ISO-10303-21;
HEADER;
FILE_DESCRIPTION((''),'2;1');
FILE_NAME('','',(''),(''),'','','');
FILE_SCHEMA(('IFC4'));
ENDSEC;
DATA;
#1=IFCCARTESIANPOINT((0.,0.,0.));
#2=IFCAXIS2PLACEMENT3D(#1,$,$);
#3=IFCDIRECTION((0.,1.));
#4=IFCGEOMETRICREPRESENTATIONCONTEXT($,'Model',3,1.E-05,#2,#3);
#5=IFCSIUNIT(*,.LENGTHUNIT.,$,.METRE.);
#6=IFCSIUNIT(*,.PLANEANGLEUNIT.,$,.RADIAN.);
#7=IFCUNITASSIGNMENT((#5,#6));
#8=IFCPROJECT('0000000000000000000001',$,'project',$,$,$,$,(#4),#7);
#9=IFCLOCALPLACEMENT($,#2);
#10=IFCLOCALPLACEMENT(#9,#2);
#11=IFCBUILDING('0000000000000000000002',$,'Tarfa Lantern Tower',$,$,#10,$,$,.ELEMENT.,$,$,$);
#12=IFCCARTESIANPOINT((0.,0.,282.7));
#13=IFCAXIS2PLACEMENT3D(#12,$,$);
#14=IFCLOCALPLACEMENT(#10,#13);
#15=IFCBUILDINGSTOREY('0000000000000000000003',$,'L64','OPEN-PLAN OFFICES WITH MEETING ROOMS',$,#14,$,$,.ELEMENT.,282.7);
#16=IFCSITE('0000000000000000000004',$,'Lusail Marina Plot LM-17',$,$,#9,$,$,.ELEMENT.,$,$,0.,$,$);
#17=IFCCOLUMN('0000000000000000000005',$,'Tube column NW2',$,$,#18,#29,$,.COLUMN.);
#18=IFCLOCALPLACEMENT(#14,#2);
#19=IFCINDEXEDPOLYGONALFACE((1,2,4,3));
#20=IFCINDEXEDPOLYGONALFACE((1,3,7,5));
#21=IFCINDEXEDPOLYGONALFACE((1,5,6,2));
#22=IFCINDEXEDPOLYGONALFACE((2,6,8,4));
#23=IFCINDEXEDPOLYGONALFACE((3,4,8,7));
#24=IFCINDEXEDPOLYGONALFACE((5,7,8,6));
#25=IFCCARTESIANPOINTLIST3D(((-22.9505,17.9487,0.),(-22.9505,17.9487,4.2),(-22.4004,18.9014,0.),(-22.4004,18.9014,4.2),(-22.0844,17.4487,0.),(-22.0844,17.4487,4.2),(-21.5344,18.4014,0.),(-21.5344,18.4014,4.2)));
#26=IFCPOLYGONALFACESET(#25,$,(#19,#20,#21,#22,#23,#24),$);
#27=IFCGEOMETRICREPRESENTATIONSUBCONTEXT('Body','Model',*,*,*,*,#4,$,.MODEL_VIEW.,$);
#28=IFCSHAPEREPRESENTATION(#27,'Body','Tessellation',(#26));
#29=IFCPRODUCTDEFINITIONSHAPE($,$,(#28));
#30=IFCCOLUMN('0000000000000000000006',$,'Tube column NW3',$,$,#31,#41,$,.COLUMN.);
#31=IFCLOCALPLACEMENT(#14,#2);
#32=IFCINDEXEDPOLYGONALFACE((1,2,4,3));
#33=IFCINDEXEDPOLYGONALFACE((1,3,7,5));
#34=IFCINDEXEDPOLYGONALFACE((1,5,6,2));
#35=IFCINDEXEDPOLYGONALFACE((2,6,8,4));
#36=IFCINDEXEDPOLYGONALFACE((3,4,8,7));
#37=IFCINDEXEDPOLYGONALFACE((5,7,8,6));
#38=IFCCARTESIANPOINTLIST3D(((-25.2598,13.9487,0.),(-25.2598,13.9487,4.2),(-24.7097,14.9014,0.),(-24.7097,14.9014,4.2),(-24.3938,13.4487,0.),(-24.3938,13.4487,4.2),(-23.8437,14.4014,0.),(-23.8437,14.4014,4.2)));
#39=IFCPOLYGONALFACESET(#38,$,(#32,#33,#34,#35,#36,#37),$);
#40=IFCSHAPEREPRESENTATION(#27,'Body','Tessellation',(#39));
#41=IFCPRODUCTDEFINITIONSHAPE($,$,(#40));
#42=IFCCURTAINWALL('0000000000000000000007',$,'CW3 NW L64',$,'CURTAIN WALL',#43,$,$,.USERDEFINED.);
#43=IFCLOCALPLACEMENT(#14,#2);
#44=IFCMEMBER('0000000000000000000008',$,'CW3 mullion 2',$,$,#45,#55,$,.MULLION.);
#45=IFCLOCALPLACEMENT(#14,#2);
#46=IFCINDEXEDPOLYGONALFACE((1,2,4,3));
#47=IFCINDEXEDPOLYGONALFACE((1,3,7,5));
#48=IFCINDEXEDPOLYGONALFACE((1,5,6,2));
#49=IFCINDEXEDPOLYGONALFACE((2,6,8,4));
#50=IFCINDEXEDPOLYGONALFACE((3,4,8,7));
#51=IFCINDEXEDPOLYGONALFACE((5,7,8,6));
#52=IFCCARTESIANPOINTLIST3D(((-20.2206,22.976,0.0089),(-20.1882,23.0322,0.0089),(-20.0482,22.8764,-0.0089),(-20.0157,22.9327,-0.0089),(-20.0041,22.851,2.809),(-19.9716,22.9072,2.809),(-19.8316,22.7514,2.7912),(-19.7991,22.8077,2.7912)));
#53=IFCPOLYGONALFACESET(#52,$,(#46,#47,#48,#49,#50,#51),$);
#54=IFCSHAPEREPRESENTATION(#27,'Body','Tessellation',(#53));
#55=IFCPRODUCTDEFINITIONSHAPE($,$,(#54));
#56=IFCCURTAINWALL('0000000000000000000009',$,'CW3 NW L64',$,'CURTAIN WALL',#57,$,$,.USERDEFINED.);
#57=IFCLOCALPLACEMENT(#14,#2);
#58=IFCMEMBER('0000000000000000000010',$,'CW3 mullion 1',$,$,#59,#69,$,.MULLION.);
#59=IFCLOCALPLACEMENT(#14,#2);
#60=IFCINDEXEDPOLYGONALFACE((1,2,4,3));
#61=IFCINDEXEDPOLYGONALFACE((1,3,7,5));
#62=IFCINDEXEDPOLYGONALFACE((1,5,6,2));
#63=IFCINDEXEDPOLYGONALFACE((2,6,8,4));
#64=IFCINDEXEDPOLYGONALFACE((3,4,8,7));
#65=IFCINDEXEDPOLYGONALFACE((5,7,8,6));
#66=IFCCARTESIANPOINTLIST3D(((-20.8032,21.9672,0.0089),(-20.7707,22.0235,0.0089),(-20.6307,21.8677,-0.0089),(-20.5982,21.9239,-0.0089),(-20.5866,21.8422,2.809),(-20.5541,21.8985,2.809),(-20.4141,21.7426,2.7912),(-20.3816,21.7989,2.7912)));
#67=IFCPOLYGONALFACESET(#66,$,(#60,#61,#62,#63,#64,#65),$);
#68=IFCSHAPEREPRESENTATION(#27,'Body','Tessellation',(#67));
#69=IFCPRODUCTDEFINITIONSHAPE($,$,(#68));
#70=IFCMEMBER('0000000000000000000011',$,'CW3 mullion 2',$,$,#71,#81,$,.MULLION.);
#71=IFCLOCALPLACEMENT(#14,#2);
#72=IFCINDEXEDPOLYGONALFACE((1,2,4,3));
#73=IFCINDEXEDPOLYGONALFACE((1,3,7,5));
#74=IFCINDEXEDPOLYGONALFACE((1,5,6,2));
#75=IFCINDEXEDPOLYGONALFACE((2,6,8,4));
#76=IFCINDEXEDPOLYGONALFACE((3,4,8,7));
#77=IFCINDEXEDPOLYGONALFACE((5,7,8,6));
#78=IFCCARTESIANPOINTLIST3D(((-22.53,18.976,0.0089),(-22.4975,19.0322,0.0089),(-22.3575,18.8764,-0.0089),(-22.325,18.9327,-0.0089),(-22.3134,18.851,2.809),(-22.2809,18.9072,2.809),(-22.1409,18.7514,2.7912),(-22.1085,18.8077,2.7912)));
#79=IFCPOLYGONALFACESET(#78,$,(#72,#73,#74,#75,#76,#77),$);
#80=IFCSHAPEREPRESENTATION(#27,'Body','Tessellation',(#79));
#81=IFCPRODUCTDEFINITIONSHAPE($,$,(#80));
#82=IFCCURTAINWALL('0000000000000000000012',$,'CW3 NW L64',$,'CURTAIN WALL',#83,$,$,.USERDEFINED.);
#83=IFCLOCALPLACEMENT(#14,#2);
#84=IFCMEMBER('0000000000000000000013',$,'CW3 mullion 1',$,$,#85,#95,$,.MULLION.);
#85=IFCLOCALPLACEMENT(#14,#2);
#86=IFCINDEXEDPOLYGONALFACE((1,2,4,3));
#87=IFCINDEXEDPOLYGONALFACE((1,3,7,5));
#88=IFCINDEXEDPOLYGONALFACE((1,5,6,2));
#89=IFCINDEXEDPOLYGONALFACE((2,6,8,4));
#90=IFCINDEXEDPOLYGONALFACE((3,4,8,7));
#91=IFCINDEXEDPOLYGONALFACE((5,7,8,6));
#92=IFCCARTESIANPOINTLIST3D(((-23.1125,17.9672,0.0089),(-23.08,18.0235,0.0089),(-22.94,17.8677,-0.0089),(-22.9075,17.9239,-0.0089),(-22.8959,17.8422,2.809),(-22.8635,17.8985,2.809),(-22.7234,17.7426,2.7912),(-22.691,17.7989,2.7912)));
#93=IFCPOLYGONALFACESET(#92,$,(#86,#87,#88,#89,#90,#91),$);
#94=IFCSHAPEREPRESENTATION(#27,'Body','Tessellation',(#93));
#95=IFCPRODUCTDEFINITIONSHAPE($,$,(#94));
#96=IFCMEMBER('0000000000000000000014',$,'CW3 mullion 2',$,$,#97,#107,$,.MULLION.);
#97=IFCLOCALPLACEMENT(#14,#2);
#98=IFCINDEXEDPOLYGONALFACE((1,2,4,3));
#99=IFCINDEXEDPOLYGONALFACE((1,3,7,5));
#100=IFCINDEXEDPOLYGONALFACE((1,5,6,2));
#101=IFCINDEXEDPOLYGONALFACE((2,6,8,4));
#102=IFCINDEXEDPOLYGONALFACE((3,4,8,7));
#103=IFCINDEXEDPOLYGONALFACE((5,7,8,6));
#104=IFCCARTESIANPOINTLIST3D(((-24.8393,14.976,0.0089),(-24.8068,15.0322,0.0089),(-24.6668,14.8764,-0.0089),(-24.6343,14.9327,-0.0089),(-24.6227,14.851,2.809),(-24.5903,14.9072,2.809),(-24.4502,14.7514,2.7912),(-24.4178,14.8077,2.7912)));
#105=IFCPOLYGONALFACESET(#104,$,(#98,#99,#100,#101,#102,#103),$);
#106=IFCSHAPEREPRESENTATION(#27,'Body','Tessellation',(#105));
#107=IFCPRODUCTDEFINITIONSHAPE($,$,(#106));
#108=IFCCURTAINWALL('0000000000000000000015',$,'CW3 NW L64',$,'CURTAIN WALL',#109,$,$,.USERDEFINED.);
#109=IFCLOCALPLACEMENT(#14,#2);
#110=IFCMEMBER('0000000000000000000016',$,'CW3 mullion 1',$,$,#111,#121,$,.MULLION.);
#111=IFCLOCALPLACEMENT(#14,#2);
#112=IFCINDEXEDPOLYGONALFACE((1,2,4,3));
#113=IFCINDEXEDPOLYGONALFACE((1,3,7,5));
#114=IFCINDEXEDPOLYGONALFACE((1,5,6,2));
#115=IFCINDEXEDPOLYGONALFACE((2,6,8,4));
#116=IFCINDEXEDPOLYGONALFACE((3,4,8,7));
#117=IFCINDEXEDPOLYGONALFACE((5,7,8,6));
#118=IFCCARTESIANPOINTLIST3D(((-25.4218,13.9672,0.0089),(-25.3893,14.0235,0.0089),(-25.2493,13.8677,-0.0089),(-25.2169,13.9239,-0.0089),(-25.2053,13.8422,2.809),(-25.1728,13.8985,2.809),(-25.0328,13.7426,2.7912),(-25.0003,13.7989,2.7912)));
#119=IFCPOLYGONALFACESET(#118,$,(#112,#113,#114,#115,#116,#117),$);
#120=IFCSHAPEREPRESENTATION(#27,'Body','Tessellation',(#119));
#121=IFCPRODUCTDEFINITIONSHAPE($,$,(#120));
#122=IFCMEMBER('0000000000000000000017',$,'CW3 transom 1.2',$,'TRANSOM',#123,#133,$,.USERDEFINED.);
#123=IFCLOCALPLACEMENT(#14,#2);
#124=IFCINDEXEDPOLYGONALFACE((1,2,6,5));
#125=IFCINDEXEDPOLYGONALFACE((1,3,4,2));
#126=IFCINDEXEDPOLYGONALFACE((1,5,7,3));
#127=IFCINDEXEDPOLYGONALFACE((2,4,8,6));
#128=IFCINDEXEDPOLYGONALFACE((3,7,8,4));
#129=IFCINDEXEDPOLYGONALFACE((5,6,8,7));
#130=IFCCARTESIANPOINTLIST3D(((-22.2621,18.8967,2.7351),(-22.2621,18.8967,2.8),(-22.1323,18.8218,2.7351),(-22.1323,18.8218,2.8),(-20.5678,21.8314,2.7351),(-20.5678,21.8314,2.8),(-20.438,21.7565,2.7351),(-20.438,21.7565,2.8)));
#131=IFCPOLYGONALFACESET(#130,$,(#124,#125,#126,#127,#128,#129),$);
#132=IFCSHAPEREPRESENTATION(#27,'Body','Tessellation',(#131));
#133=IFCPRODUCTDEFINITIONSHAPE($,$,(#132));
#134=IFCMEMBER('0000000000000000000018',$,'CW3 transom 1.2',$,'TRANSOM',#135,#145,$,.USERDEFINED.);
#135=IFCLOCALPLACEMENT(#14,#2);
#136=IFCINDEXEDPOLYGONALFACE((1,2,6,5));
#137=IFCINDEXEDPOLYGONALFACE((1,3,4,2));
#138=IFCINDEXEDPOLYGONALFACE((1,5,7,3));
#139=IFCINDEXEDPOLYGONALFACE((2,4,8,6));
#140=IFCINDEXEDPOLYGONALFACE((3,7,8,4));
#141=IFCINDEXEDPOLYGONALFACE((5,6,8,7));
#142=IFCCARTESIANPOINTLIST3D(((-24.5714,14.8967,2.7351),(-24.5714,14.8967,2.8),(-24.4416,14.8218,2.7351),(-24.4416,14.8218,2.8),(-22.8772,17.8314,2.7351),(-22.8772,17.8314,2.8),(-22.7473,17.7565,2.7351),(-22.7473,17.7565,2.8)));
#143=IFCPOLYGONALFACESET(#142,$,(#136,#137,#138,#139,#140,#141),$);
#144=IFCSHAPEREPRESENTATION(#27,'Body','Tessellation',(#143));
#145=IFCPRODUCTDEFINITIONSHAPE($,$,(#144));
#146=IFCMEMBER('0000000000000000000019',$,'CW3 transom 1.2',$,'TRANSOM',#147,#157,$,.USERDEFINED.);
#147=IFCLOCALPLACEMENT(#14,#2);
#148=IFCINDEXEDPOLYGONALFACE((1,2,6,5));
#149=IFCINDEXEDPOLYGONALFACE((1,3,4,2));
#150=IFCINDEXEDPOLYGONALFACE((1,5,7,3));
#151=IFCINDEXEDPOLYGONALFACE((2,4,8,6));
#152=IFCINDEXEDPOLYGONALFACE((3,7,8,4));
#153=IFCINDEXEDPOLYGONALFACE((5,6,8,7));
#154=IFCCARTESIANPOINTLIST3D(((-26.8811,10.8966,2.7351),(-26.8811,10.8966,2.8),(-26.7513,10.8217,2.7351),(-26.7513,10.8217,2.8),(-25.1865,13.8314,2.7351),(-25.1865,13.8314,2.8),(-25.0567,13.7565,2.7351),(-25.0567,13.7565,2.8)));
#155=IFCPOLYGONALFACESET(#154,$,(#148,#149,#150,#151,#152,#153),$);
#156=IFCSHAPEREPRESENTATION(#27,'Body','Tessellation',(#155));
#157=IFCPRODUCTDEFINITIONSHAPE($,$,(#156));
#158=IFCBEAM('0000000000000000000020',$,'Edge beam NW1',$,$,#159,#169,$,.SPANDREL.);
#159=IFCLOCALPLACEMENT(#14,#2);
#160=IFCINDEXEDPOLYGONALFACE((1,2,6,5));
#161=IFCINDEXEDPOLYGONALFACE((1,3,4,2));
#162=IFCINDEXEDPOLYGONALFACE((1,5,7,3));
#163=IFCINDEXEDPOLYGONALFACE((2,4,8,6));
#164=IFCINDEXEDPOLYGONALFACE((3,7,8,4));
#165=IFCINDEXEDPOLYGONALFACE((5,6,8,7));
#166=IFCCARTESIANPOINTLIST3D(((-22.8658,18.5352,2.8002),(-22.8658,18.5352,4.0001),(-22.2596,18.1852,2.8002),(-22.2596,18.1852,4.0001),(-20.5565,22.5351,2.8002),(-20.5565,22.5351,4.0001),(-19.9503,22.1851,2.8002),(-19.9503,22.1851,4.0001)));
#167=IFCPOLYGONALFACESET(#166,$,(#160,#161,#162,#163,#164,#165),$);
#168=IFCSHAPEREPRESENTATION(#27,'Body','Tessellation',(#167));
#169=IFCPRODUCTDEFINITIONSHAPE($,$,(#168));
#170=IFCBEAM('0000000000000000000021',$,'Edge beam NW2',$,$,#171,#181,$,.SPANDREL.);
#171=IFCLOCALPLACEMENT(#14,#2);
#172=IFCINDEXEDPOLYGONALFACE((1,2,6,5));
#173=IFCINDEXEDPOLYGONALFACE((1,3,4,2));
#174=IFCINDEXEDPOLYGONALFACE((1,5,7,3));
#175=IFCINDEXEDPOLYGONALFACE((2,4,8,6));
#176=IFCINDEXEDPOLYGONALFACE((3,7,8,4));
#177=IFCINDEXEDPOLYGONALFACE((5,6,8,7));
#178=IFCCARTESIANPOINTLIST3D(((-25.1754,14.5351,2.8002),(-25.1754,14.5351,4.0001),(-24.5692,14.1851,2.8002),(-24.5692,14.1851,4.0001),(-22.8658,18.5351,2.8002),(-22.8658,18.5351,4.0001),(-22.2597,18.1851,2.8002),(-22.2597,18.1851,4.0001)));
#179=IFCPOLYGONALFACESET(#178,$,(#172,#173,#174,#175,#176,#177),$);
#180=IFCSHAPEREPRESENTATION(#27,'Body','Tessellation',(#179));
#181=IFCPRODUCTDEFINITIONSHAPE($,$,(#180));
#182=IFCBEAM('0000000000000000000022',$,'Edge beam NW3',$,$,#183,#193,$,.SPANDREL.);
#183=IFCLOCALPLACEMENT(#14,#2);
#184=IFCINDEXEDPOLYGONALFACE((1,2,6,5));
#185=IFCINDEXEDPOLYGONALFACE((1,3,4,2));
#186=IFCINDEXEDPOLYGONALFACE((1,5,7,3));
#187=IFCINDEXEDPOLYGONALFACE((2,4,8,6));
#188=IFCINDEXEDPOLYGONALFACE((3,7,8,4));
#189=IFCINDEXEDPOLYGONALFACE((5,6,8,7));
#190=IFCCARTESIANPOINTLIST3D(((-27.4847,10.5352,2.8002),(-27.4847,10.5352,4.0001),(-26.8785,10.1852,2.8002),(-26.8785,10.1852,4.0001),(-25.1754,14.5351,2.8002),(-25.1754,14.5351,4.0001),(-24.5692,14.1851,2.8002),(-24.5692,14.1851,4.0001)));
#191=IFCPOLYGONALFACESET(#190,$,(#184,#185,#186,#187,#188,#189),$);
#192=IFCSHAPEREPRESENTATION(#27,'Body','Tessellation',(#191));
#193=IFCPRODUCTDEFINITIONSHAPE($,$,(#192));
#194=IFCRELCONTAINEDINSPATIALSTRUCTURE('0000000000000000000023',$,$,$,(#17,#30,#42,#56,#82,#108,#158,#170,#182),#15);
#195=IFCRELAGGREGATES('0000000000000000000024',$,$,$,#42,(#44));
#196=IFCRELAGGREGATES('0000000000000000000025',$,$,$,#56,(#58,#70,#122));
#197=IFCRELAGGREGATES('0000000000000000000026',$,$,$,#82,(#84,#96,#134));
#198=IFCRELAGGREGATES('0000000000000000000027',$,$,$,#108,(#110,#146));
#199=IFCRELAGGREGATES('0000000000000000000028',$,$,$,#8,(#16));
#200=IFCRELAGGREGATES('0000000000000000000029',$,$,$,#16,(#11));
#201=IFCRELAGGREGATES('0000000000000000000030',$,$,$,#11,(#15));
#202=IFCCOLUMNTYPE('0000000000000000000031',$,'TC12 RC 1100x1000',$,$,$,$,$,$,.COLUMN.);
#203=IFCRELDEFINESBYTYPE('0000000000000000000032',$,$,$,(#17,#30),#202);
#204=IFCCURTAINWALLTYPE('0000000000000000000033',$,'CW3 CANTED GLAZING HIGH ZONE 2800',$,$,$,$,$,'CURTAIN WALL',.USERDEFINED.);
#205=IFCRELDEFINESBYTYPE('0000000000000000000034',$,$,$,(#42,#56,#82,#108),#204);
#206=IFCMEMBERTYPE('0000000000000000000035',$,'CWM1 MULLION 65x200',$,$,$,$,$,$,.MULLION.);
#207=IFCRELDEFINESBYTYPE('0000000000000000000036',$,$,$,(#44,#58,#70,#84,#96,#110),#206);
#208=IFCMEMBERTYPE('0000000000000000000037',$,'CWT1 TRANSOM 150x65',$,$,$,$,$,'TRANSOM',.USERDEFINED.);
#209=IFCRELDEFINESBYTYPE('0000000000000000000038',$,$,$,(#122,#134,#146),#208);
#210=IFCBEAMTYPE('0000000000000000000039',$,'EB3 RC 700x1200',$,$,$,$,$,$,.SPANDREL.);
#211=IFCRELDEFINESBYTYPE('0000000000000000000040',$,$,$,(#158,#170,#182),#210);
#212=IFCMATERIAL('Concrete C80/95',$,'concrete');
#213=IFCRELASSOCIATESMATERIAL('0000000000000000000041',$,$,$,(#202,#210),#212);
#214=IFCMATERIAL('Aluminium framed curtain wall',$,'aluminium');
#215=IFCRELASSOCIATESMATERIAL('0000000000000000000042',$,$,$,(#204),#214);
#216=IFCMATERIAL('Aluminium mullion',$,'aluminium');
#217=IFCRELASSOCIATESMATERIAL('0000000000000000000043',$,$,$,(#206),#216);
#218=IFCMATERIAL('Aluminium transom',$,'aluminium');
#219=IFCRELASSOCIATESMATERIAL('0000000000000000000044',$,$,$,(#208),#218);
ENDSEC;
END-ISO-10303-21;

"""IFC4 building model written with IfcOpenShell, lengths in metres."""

from ifc_helpers import new_model, si_unit, direction, frame, origin, origin_2d, place, context, subcontext, project, spatial, rectangle, extrude, material, material_profile, profile_set, type_object, element, aggregate, save


model = new_model("IFC4")

# Units and contexts
model_context = context("Model", 3, precision=1e-05, world=origin(), true_north=direction((0.0, 1.0)))
body_context = subcontext(model_context, "Body", "Model", "MODEL_VIEW")
ifc_project = project(units=[si_unit("LENGTHUNIT", "METRE"), si_unit("PLANEANGLEUNIT", "RADIAN")], contexts=[model_context])

# Site, building, storey
site_placement = place(None, origin())
site = spatial("IfcSite", under=ifc_project, at=site_placement, Name="Lusail Marina Plot LM-17", CompositionType="ELEMENT", RefElevation=0.0)
building_placement = place(site_placement, origin())
building = spatial("IfcBuilding", under=site, at=building_placement, Name="Tarfa Lantern Tower", CompositionType="ELEMENT")
storey_placement = place(building_placement, frame((0.0, 0.0, 282.7)))
storey = spatial("IfcBuildingStorey", under=building, at=storey_placement, Name="L64", Description="OPEN-PLAN OFFICES WITH MEETING ROOMS", CompositionType="ELEMENT", Elevation=282.7)

# Columns
ifc_material_1 = material(Name="Concrete C80/95", Category="concrete")
ifc_material_profile_1 = material_profile(ifc_material_1, rectangle(XDim=1.1001, YDim=1.0, at=origin_2d()), Name="RC 1100x1000")
ifc_profile_set_1 = profile_set([ifc_material_profile_1], Name="Concrete C80/95")
column_type = type_object("IfcColumnType", Name="TC12 RC 1100x1000", PredefinedType="COLUMN", material=ifc_profile_set_1)
for number, where, z_axis, x_axis, name in (
    (1, (-22.2424, 18.175, 0.0), (0.0, 0.0, 1.0), (-0.5, -0.866025, 0.0), "Tube column NW2"),
    (2, (-24.5518, 14.175, 0.0), (0.0, 0.0, 1.0), (-0.5, -0.866025, 0.0), "Tube column NW3"),
):
    element("IfcColumn", number, at=place(storey_placement, frame(where, z_axis=z_axis, x_axis=x_axis)), inside=storey, type_object=column_type, Name=name, PredefinedType="COLUMN", context=body_context, shape_type="SweptSolid", body=[
        extrude(rectangle(XDim=1.1001, YDim=1.0, at=origin_2d()), origin(), (0.0, 0.0, 1.0), 4.2),
    ])

# Curtain wall, member
ifc_material_2 = material(Name="Aluminium framed curtain wall", Category="aluminium")
curtain_wall_type = type_object("IfcCurtainWallType", Name="CW3 CANTED GLAZING HIGH ZONE 2800", ElementType="CURTAIN WALL", PredefinedType="USERDEFINED", material=ifc_material_2)
curtain_wall_1_placement = place(storey_placement, origin())
curtain_wall_1 = element("IfcCurtainWall", 3, at=curtain_wall_1_placement, inside=storey, type_object=curtain_wall_type, Name="CW3 NW L64", ObjectType="CURTAIN WALL", PredefinedType="USERDEFINED")
ifc_material_3 = material(Name="Aluminium mullion", Category="aluminium")
ifc_material_profile_2 = material_profile(ifc_material_3, rectangle(XDim=0.0649, YDim=0.2, at=origin_2d()), Name="AL MULLION 65x200")
ifc_profile_set_2 = profile_set([ifc_material_profile_2], Name="Aluminium mullion")
member_type_1 = type_object("IfcMemberType", Name="CWM1 MULLION 65x200", PredefinedType="MULLION", material=ifc_profile_set_2)
member_1_placement = place(storey_placement, frame((-20.1182, 22.9543, 0.0), z_axis=(0.077032, -0.044465, 0.996037), x_axis=(0.49992, 0.866072, 0.0)))
member_1 = element("IfcMember", 4, at=member_1_placement, type_object=member_type_1, Name="CW3 mullion 2", PredefinedType="MULLION", context=body_context, shape_type="SweptSolid", body=[
    extrude(rectangle(XDim=0.0649, YDim=0.2, at=origin_2d()), origin(), (0.0, 0.0, 1.0), 2.8113),
])
aggregate(curtain_wall_1, [member_1])

# Curtain walls, members
curtain_wall_2_placement = place(storey_placement, origin())
curtain_wall_2 = element("IfcCurtainWall", 5, at=curtain_wall_2_placement, inside=storey, type_object=curtain_wall_type, Name="CW3 NW L64", ObjectType="CURTAIN WALL", PredefinedType="USERDEFINED")
member_2_placement = place(storey_placement, frame((-20.7007, 21.9456, 0.0), z_axis=(0.077032, -0.044465, 0.996037), x_axis=(0.49992, 0.866072, 0.0)))
member_2 = element("IfcMember", 6, at=member_2_placement, type_object=member_type_1, Name="CW3 mullion 1", PredefinedType="MULLION", context=body_context, shape_type="SweptSolid", body=[
    extrude(rectangle(XDim=0.0649, YDim=0.2, at=origin_2d()), origin(), (0.0, 0.0, 1.0), 2.8113),
])
member_3_placement = place(storey_placement, frame((-22.4275, 18.9543, 0.0), z_axis=(0.077032, -0.044465, 0.996037), x_axis=(0.49992, 0.866072, 0.0)))
member_3 = element("IfcMember", 7, at=member_3_placement, type_object=member_type_1, Name="CW3 mullion 2", PredefinedType="MULLION", context=body_context, shape_type="SweptSolid", body=[
    extrude(rectangle(XDim=0.0649, YDim=0.2, at=origin_2d()), origin(), (0.0, 0.0, 1.0), 2.8113),
])
curtain_wall_3_placement = place(storey_placement, origin())
curtain_wall_3 = element("IfcCurtainWall", 8, at=curtain_wall_3_placement, inside=storey, type_object=curtain_wall_type, Name="CW3 NW L64", ObjectType="CURTAIN WALL", PredefinedType="USERDEFINED")
member_4_placement = place(storey_placement, frame((-23.01, 17.9456, 0.0), z_axis=(0.077032, -0.044465, 0.996037), x_axis=(0.49992, 0.866072, 0.0)))
member_4 = element("IfcMember", 9, at=member_4_placement, type_object=member_type_1, Name="CW3 mullion 1", PredefinedType="MULLION", context=body_context, shape_type="SweptSolid", body=[
    extrude(rectangle(XDim=0.0649, YDim=0.2, at=origin_2d()), origin(), (0.0, 0.0, 1.0), 2.8113),
])
member_5_placement = place(storey_placement, frame((-24.7368, 14.9543, 0.0), z_axis=(0.077032, -0.044465, 0.996037), x_axis=(0.49992, 0.866072, 0.0)))
member_5 = element("IfcMember", 10, at=member_5_placement, type_object=member_type_1, Name="CW3 mullion 2", PredefinedType="MULLION", context=body_context, shape_type="SweptSolid", body=[
    extrude(rectangle(XDim=0.0649, YDim=0.2, at=origin_2d()), origin(), (0.0, 0.0, 1.0), 2.8113),
])

# Curtain wall, member
curtain_wall_4_placement = place(storey_placement, origin())
curtain_wall_4 = element("IfcCurtainWall", 11, at=curtain_wall_4_placement, inside=storey, type_object=curtain_wall_type, Name="CW3 NW L64", ObjectType="CURTAIN WALL", PredefinedType="USERDEFINED")
member_6_placement = place(storey_placement, frame((-25.3193, 13.9456, 0.0), z_axis=(0.077032, -0.044465, 0.996037), x_axis=(0.49992, 0.866072, 0.0)))
member_6 = element("IfcMember", 12, at=member_6_placement, type_object=member_type_1, Name="CW3 mullion 1", PredefinedType="MULLION", context=body_context, shape_type="SweptSolid", body=[
    extrude(rectangle(XDim=0.0649, YDim=0.2, at=origin_2d()), origin(), (0.0, 0.0, 1.0), 2.8113),
])

# Members
ifc_material_4 = material(Name="Aluminium transom", Category="aluminium")
ifc_material_profile_3 = material_profile(ifc_material_4, rectangle(XDim=0.1499, YDim=0.0649, at=origin_2d()), Name="AL TRANSOM 150x65")
ifc_profile_set_3 = profile_set([ifc_material_profile_3], Name="Aluminium transom")
member_type_2 = type_object("IfcMemberType", Name="CWT1 TRANSOM 150x65", ElementType="TRANSOM", PredefinedType="USERDEFINED", material=ifc_profile_set_3)
member_7_placement = place(storey_placement, frame((-20.5029, 21.7939, 2.7676), z_axis=(-0.499982, -0.866036, 0.0), x_axis=(0.866036, -0.499982, 0.0)))
member_7 = element("IfcMember", 13, at=member_7_placement, type_object=member_type_2, Name="CW3 transom 1.2", ObjectType="TRANSOM", PredefinedType="USERDEFINED", context=body_context, shape_type="SweptSolid", body=[
    extrude(rectangle(XDim=0.1499, YDim=0.0649, at=origin_2d()), origin(), (0.0, 0.0, 1.0), 3.3887),
])
member_8_placement = place(storey_placement, frame((-22.8123, 17.7939, 2.7676), z_axis=(-0.499982, -0.866036, 0.0), x_axis=(0.866036, -0.499982, 0.0)))
member_8 = element("IfcMember", 14, at=member_8_placement, type_object=member_type_2, Name="CW3 transom 1.2", ObjectType="TRANSOM", PredefinedType="USERDEFINED", context=body_context, shape_type="SweptSolid", body=[
    extrude(rectangle(XDim=0.1499, YDim=0.0649, at=origin_2d()), origin(), (0.0, 0.0, 1.0), 3.3887),
])
member_9_placement = place(storey_placement, frame((-25.1216, 13.7939, 2.7676), z_axis=(-0.500036, -0.866004, 0.0), x_axis=(0.866004, -0.500036, 0.0)))
member_9 = element("IfcMember", 15, at=member_9_placement, type_object=member_type_2, Name="CW3 transom 1.2", ObjectType="TRANSOM", PredefinedType="USERDEFINED", context=body_context, shape_type="SweptSolid", body=[
    extrude(rectangle(XDim=0.1499, YDim=0.0649, at=origin_2d()), origin(), (0.0, 0.0, 1.0), 3.3889),
])

# Beams
ifc_material_profile_4 = material_profile(ifc_material_1, rectangle(XDim=0.7, YDim=1.2, at=origin_2d()), Name="RC 700x1200")
ifc_profile_set_4 = profile_set([ifc_material_profile_4], Name="Concrete C80/95")
beam_type_1 = type_object("IfcBeamType", Name="EB3 RC 700x1200", PredefinedType="SPANDREL", material=ifc_profile_set_4)
beam_1_placement = place(storey_placement, frame((-20.2534, 22.3601, 3.4001), z_axis=(-0.499988, -0.866032, 0.0), x_axis=(0.866032, -0.499988, 0.0)))
element("IfcBeam", 16, at=beam_1_placement, inside=storey, type_object=beam_type_1, Name="Edge beam NW1", PredefinedType="SPANDREL", context=body_context, shape_type="SweptSolid", body=[
    extrude(rectangle(XDim=0.7, YDim=1.2, at=origin_2d()), origin(), (0.0, 0.0, 1.0), 4.6187),
])
beam_2_placement = place(storey_placement, frame((-22.5627, 18.3601, 3.4001), z_axis=(-0.500027, -0.86601, 0.0), x_axis=(0.86601, -0.500027, 0.0)))
element("IfcBeam", 17, at=beam_2_placement, inside=storey, type_object=beam_type_1, Name="Edge beam NW2", PredefinedType="SPANDREL", context=body_context, shape_type="SweptSolid", body=[
    extrude(rectangle(XDim=0.7, YDim=1.2, at=origin_2d()), origin(), (0.0, 0.0, 1.0), 4.6189),
])
beam_3_placement = place(storey_placement, frame((-24.8723, 14.3601, 3.4001), z_axis=(-0.499988, -0.866032, 0.0), x_axis=(0.866032, -0.499988, 0.0)))
element("IfcBeam", 18, at=beam_3_placement, inside=storey, type_object=beam_type_1, Name="Edge beam NW3", PredefinedType="SPANDREL", context=body_context, shape_type="SweptSolid", body=[
    extrude(rectangle(XDim=0.7, YDim=1.2, at=origin_2d()), origin(), (0.0, 0.0, 1.0), 4.6187),
])

aggregate(curtain_wall_2, [member_2, member_3, member_7])
aggregate(curtain_wall_3, [member_4, member_5, member_8])
aggregate(curtain_wall_4, [member_6, member_9])

save(model, "model.ifc")
